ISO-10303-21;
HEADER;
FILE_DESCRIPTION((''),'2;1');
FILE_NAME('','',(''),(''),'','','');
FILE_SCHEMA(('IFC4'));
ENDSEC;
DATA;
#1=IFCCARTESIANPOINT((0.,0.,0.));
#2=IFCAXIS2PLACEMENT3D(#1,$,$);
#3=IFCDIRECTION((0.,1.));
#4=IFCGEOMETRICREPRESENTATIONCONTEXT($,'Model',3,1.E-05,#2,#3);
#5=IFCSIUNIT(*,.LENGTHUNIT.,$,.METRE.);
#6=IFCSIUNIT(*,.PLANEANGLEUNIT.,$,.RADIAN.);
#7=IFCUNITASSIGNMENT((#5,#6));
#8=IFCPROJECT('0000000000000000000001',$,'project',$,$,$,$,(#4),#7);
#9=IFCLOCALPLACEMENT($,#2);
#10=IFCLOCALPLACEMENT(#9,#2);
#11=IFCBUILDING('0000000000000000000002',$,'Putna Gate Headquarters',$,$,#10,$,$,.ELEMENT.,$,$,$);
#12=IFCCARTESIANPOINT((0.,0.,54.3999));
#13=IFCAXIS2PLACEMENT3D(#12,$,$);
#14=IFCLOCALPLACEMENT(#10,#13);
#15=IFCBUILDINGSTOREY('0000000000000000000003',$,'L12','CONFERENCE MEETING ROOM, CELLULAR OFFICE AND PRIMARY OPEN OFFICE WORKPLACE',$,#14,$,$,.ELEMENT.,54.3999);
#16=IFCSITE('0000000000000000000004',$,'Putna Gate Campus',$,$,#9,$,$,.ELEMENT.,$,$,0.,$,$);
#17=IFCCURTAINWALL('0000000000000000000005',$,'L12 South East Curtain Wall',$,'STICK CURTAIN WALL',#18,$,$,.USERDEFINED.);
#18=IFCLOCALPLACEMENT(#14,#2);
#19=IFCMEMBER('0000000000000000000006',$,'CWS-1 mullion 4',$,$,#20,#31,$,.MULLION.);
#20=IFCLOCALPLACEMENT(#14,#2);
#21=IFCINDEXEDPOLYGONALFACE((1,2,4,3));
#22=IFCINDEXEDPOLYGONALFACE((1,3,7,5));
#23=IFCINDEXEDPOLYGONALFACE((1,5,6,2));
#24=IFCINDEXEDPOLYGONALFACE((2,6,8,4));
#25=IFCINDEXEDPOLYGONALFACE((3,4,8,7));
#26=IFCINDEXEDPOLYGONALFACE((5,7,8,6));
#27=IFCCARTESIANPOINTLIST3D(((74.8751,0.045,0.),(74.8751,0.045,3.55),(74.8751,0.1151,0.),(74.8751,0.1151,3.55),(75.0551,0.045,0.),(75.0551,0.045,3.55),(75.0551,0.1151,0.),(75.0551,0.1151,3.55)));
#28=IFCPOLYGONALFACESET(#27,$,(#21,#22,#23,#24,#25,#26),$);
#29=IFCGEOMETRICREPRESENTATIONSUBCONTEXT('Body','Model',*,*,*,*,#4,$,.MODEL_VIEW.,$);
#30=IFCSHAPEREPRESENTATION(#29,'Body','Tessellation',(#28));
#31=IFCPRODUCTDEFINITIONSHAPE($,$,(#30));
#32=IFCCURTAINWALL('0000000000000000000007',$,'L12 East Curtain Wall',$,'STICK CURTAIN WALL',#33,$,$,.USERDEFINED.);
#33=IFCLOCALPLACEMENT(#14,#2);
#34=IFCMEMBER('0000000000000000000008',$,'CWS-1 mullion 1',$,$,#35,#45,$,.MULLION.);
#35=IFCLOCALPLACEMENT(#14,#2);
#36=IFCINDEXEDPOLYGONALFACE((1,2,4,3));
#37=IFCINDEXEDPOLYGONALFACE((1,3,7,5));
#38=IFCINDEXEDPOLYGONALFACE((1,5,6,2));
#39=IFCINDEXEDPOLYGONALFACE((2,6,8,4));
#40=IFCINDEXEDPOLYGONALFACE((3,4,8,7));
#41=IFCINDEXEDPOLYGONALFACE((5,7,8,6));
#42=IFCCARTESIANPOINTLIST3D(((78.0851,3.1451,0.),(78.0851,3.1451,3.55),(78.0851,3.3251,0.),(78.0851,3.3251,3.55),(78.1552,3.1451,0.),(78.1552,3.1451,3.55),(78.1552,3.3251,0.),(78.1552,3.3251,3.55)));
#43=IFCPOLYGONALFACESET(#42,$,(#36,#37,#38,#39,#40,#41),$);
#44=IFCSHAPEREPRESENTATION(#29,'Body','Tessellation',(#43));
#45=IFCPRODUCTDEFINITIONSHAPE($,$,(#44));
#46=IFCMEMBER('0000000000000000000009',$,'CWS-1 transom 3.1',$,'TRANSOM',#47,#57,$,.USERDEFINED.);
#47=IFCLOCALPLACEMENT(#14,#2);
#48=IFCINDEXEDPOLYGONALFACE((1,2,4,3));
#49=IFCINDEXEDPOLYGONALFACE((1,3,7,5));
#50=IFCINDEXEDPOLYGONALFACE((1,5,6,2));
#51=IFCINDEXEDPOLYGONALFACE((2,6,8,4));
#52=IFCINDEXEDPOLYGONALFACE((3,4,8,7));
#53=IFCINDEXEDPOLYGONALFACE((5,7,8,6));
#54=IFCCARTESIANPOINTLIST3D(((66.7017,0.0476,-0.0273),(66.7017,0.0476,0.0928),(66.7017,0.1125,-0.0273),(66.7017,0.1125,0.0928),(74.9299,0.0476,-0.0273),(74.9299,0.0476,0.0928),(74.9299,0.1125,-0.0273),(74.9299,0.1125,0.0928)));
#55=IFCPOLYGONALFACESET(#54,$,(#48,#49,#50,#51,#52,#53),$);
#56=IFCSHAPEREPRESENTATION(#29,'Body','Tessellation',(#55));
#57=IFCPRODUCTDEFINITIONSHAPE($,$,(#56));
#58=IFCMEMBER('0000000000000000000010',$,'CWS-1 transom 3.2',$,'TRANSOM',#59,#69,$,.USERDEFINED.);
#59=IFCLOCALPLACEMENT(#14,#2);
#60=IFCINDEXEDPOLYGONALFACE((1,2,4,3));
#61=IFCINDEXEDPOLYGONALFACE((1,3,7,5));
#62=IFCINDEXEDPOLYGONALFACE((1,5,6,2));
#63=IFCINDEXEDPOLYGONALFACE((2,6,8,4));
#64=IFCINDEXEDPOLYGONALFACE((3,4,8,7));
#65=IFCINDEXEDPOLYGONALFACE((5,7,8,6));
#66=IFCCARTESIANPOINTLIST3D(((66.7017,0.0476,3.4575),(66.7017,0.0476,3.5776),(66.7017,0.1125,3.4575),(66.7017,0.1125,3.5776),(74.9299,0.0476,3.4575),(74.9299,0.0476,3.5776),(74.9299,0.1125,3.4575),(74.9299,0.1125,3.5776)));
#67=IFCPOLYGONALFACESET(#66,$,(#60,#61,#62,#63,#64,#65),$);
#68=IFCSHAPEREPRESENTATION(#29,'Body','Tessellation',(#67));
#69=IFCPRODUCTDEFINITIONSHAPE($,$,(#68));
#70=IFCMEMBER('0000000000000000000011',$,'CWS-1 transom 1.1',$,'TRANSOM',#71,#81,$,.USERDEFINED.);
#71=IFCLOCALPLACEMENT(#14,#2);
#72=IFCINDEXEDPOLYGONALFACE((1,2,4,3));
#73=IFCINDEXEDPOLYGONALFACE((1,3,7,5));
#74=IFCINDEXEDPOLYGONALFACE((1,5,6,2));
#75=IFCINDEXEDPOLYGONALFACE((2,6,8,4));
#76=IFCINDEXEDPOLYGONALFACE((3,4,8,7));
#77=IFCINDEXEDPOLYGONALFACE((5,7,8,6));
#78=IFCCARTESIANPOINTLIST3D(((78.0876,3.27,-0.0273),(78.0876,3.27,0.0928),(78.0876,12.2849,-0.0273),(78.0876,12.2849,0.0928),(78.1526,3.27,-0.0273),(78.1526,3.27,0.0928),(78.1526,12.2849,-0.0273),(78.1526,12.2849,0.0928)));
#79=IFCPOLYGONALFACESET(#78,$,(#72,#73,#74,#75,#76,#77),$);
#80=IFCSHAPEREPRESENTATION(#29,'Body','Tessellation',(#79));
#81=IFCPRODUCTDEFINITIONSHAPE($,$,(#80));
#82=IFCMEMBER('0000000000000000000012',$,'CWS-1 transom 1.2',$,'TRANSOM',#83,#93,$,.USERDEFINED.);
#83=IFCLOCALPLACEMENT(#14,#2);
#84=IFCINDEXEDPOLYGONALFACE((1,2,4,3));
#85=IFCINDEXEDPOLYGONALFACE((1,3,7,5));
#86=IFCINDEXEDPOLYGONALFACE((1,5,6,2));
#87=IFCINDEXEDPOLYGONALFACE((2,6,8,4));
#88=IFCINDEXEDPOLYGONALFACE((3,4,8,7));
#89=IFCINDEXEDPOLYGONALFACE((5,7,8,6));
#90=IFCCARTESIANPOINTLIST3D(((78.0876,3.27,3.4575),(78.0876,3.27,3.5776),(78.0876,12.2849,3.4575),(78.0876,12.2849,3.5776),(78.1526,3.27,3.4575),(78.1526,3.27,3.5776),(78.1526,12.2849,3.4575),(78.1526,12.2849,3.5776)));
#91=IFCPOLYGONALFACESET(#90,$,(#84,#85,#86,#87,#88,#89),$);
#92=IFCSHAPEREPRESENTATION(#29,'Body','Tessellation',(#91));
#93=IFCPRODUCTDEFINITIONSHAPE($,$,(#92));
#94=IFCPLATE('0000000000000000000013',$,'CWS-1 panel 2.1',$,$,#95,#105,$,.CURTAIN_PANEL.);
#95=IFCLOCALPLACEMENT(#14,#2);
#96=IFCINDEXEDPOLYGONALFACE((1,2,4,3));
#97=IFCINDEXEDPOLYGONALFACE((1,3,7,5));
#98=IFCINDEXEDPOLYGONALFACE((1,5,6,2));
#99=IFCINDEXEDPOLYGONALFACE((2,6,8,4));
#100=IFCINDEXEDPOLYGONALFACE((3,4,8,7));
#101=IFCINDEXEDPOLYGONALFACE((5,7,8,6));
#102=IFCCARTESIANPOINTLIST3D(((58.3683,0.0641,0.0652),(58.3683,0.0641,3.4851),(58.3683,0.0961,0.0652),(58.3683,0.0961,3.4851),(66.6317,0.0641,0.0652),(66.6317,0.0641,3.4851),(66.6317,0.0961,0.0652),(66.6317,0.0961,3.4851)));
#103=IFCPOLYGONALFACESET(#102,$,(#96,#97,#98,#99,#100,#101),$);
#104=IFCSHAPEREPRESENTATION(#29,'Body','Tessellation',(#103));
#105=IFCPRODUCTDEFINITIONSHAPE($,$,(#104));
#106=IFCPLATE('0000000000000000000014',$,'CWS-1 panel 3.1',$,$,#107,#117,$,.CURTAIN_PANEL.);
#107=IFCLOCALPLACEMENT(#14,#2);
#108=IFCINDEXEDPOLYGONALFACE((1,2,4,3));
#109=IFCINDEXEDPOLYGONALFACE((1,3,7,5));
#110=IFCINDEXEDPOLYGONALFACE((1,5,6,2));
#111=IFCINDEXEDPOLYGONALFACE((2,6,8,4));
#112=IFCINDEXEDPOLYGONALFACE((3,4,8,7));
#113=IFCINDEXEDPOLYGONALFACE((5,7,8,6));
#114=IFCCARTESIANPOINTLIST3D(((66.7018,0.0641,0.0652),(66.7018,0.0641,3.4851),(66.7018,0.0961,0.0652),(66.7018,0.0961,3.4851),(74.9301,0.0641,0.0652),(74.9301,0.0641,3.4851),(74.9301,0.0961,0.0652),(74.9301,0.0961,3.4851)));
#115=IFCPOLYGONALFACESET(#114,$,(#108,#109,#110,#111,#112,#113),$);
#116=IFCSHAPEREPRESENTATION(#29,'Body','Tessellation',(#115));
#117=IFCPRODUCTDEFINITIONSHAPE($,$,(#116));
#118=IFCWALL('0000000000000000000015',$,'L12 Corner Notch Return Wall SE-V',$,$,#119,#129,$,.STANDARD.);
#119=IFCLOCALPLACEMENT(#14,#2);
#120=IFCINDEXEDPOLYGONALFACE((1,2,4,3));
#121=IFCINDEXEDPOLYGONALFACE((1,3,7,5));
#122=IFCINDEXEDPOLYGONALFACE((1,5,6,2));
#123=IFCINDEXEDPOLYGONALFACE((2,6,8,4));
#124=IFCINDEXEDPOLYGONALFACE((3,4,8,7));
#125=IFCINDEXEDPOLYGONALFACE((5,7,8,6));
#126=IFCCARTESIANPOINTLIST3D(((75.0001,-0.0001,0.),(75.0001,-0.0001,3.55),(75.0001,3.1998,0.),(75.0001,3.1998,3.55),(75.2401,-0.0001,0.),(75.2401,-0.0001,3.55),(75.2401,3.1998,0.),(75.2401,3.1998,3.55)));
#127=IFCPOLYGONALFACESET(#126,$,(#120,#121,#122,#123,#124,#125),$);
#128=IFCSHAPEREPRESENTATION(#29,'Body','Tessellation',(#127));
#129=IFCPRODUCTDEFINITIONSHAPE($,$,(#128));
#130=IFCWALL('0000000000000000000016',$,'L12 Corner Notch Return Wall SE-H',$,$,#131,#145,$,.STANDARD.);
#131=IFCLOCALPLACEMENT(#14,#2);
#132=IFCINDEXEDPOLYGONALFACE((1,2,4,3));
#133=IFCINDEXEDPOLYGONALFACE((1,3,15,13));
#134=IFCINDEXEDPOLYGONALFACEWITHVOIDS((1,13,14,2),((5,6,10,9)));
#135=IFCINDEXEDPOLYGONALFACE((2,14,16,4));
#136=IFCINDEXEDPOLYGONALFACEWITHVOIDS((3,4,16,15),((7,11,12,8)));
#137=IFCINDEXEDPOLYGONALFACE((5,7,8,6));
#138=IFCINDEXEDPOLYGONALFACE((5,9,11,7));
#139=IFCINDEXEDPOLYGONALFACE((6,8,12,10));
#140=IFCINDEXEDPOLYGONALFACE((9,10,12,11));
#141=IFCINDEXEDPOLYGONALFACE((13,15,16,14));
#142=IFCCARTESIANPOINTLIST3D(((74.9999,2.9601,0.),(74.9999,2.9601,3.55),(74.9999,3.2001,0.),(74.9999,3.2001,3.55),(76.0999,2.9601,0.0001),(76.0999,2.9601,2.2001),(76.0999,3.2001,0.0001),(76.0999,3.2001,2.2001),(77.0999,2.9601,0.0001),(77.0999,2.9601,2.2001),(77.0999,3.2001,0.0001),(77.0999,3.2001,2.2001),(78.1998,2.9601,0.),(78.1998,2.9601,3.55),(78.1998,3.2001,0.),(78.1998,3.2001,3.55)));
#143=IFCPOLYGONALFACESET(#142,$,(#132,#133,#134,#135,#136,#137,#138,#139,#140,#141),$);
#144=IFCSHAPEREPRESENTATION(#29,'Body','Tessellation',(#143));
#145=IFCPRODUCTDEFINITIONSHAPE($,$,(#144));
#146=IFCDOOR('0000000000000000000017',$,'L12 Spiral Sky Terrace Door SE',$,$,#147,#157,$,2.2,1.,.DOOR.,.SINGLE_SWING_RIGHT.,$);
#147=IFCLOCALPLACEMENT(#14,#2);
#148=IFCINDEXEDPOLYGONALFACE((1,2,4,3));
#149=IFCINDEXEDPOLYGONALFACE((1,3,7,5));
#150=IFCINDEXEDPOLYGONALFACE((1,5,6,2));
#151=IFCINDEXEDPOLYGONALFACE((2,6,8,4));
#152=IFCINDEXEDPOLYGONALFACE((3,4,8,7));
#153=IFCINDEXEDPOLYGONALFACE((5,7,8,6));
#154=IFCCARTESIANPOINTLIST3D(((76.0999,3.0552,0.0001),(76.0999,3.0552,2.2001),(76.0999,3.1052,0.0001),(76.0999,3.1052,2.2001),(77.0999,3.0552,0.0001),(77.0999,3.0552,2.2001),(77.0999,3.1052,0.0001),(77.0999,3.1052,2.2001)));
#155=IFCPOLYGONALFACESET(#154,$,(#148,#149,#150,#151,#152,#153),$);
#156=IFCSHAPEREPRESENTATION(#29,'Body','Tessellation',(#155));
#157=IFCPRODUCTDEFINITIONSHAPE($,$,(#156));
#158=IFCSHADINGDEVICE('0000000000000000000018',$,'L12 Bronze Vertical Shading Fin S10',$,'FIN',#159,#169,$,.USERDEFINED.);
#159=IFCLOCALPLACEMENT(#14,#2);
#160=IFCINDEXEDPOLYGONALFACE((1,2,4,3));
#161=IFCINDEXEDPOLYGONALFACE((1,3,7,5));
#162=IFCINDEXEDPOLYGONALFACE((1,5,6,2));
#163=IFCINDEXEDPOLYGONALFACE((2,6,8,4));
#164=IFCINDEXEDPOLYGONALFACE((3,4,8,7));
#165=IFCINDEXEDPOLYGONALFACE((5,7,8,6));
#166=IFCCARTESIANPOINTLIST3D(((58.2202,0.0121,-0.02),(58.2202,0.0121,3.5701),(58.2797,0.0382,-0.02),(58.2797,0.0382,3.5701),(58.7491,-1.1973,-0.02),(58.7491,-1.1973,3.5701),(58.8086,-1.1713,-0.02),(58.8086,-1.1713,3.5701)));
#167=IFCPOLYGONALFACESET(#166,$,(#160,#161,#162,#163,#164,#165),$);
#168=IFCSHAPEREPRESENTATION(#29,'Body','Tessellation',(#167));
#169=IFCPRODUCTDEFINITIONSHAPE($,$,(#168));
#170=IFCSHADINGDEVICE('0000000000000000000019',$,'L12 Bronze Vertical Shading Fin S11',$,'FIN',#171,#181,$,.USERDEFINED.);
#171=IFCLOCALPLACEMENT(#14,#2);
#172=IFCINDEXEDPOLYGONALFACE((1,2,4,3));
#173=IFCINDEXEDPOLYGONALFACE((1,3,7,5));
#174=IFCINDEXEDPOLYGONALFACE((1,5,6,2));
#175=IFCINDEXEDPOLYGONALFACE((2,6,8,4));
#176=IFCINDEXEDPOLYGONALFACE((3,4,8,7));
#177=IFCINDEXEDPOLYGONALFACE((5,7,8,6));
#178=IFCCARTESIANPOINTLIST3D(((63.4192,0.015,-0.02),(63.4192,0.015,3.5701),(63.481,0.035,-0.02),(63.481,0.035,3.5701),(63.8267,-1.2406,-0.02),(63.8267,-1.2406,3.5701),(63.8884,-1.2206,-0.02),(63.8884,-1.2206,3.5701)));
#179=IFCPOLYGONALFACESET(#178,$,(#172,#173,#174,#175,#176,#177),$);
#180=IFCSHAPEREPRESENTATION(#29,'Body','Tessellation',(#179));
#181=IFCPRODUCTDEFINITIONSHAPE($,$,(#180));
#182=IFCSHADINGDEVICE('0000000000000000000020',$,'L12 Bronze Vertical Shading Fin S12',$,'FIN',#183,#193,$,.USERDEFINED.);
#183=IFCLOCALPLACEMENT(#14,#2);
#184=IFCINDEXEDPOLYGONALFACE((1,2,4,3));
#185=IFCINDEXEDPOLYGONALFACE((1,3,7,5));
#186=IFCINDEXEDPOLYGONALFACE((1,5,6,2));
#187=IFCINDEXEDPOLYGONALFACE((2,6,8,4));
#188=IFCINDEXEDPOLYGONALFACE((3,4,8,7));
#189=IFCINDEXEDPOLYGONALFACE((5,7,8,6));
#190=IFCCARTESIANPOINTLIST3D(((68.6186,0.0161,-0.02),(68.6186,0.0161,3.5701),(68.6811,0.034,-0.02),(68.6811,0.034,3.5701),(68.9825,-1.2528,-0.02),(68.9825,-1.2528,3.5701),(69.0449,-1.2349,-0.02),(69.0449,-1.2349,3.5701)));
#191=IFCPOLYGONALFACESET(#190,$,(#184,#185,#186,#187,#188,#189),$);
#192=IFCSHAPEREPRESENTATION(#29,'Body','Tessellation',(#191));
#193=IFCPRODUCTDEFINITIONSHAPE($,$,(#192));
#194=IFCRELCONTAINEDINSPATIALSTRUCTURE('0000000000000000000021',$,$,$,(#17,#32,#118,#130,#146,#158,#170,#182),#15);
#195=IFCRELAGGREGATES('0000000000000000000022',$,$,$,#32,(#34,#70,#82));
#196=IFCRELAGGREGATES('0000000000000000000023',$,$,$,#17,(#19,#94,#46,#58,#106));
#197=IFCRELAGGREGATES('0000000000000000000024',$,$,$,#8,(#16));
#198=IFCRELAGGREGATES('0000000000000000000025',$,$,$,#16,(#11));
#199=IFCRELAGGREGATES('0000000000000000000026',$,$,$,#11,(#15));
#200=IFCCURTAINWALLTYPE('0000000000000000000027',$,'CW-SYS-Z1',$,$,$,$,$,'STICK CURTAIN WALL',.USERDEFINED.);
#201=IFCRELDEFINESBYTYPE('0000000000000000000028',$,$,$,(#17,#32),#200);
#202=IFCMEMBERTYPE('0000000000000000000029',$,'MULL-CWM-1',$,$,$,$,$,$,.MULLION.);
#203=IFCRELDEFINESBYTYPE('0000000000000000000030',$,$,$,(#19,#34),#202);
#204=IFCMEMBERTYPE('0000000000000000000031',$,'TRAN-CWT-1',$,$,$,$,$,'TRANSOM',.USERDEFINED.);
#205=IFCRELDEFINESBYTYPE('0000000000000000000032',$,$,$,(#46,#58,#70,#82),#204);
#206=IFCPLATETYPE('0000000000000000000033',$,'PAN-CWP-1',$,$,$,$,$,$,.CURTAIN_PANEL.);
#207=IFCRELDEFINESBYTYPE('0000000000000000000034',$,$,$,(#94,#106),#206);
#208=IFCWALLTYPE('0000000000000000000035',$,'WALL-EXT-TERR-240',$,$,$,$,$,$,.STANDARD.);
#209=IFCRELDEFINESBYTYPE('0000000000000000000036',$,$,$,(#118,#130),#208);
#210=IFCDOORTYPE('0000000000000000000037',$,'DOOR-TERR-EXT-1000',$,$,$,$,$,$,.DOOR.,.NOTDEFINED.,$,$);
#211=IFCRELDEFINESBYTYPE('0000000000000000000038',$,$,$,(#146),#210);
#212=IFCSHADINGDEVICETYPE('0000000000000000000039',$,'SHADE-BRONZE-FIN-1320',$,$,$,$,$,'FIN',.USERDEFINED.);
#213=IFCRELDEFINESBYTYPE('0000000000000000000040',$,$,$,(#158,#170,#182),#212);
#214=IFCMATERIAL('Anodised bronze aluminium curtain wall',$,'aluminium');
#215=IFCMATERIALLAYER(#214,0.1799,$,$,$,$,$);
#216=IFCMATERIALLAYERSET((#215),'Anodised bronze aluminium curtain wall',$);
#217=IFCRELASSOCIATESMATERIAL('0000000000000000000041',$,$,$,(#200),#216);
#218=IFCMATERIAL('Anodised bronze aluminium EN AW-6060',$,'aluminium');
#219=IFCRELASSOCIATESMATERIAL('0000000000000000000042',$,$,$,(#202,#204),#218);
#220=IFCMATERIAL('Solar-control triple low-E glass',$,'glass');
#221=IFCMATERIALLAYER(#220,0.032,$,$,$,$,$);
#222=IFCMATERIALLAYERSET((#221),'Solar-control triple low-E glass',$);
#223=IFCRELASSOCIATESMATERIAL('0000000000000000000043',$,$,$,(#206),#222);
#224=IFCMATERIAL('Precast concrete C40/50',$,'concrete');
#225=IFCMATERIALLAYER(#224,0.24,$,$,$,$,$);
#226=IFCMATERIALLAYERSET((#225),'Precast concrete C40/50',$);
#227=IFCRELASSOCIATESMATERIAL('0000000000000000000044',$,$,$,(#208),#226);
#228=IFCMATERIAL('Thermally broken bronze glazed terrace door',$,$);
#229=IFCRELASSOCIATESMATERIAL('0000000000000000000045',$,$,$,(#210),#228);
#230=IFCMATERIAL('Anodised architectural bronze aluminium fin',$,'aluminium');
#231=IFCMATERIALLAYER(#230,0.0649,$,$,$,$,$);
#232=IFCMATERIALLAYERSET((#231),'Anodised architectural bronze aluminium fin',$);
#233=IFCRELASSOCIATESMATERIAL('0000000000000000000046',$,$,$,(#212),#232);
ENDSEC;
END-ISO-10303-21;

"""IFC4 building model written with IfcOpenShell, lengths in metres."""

from ifc_helpers import new_model, si_unit, direction, frame, frame_2d, origin, origin_2d, place, context, subcontext, project, spatial, rectangle, extrude, material, layer, layer_set, material_profile, profile_set, type_object, element, fill, aggregate, save


model = new_model("IFC4")

# Units and contexts
model_context = context("Model", 3, precision=1e-05, world=origin(), true_north=direction((0.0, 1.0)))
body_context = subcontext(model_context, "Body", "Model", "MODEL_VIEW")
ifc_project = project(units=[si_unit("LENGTHUNIT", "METRE"), si_unit("PLANEANGLEUNIT", "RADIAN")], contexts=[model_context])

# Site, building, storey
site_placement = place(None, origin())
site = spatial("IfcSite", under=ifc_project, at=site_placement, Name="Putna Gate Campus", CompositionType="ELEMENT", RefElevation=0.0)
building_placement = place(site_placement, origin())
building = spatial("IfcBuilding", under=site, at=building_placement, Name="Putna Gate Headquarters", CompositionType="ELEMENT")
storey_placement = place(building_placement, frame((0.0, 0.0, 54.3999)))
storey = spatial("IfcBuildingStorey", under=building, at=storey_placement, Name="L12", Description="CONFERENCE MEETING ROOM, CELLULAR OFFICE AND PRIMARY OPEN OFFICE WORKPLACE", CompositionType="ELEMENT", Elevation=54.3999)

# Curtain wall, member
ifc_material_1 = material(Name="Anodised bronze aluminium curtain wall", Category="aluminium")
ifc_layer_1 = layer(ifc_material_1, 0.1799)
ifc_layer_set_1 = layer_set([ifc_layer_1], Name="Anodised bronze aluminium curtain wall")
curtain_wall_type = type_object("IfcCurtainWallType", Name="CW-SYS-Z1", ElementType="STICK CURTAIN WALL", PredefinedType="USERDEFINED", material=ifc_layer_set_1)
curtain_wall_1_placement = place(storey_placement, origin())
curtain_wall_1 = element("IfcCurtainWall", 1, at=curtain_wall_1_placement, inside=storey, type_object=curtain_wall_type, Name="L12 South East Curtain Wall", ObjectType="STICK CURTAIN WALL", PredefinedType="USERDEFINED")
ifc_material_2 = material(Name="Anodised bronze aluminium EN AW-6060", Category="aluminium")
ifc_material_profile_1 = material_profile(ifc_material_2, rectangle(XDim=0.0701, YDim=0.1799, at=origin_2d()), Name="Anodised bronze aluminium EN AW-6060")
ifc_profile_set_1 = profile_set([ifc_material_profile_1], Name="Anodised bronze aluminium EN AW-6060")
member_type_1 = type_object("IfcMemberType", Name="MULL-CWM-1", PredefinedType="MULLION", material=ifc_profile_set_1)
member_1_placement = place(storey_placement, frame((74.9651, 0.0801, 0.0), z_axis=(0.0, 0.0, 1.0), x_axis=(0.0, 1.0, 0.0)))
member_1 = element("IfcMember", 2, at=member_1_placement, type_object=member_type_1, Name="CWS-1 mullion 4", PredefinedType="MULLION", context=body_context, shape_type="SweptSolid", body=[
    extrude(rectangle(XDim=0.0701, YDim=0.1799, at=origin_2d()), origin(), (0.0, 0.0, 1.0), 3.55),
])

# Curtain wall, member
curtain_wall_2_placement = place(storey_placement, origin())
curtain_wall_2 = element("IfcCurtainWall", 3, at=curtain_wall_2_placement, inside=storey, type_object=curtain_wall_type, Name="L12 East Curtain Wall", ObjectType="STICK CURTAIN WALL", PredefinedType="USERDEFINED")
member_2_placement = place(storey_placement, frame((78.1201, 3.2351, 0.0), z_axis=(0.0, 0.0, 1.0), x_axis=(-1.0, 0.0, 0.0)))
member_2 = element("IfcMember", 4, at=member_2_placement, type_object=member_type_1, Name="CWS-1 mullion 1", PredefinedType="MULLION", context=body_context, shape_type="SweptSolid", body=[
    extrude(rectangle(XDim=0.0701, YDim=0.1799, at=origin_2d()), origin(), (0.0, 0.0, 1.0), 3.55),
])

# Members
ifc_material_profile_2 = material_profile(ifc_material_2, rectangle(XDim=0.0649, YDim=0.1201, at=origin_2d()), Name="Anodised bronze aluminium EN AW-6060")
ifc_profile_set_2 = profile_set([ifc_material_profile_2], Name="Anodised bronze aluminium EN AW-6060")
member_type_2 = type_object("IfcMemberType", Name="TRAN-CWT-1", ElementType="TRANSOM", PredefinedType="USERDEFINED", material=ifc_profile_set_2)
member_3_placement = place(storey_placement, frame((66.7017, 0.0801, 0.0327), z_axis=(1.0, 0.0, 0.0), x_axis=(0.0, 1.0, 0.0)))
member_3 = element("IfcMember", 5, at=member_3_placement, type_object=member_type_2, Name="CWS-1 transom 3.1", ObjectType="TRANSOM", PredefinedType="USERDEFINED", context=body_context, shape_type="SweptSolid", body=[
    extrude(rectangle(XDim=0.0649, YDim=0.1201, at=origin_2d()), origin(), (0.0, 0.0, 1.0), 8.2283),
])
member_4_placement = place(storey_placement, frame((66.7017, 0.0801, 3.5176), z_axis=(1.0, 0.0, 0.0), x_axis=(0.0, 1.0, 0.0)))
member_4 = element("IfcMember", 6, at=member_4_placement, type_object=member_type_2, Name="CWS-1 transom 3.2", ObjectType="TRANSOM", PredefinedType="USERDEFINED", context=body_context, shape_type="SweptSolid", body=[
    extrude(rectangle(XDim=0.0649, YDim=0.1201, at=origin_2d()), origin(), (0.0, 0.0, 1.0), 8.2283),
])
member_5_placement = place(storey_placement, frame((78.1201, 3.27, 0.0327), z_axis=(0.0, 1.0, 0.0), x_axis=(-1.0, 0.0, 0.0)))
member_5 = element("IfcMember", 7, at=member_5_placement, type_object=member_type_2, Name="CWS-1 transom 1.1", ObjectType="TRANSOM", PredefinedType="USERDEFINED", context=body_context, shape_type="SweptSolid", body=[
    extrude(rectangle(XDim=0.0649, YDim=0.1201, at=origin_2d()), origin(), (0.0, 0.0, 1.0), 9.0149),
])
member_6_placement = place(storey_placement, frame((78.1201, 3.27, 3.5176), z_axis=(0.0, 1.0, 0.0), x_axis=(-1.0, 0.0, 0.0)))
member_6 = element("IfcMember", 8, at=member_6_placement, type_object=member_type_2, Name="CWS-1 transom 1.2", ObjectType="TRANSOM", PredefinedType="USERDEFINED", context=body_context, shape_type="SweptSolid", body=[
    extrude(rectangle(XDim=0.0649, YDim=0.1201, at=origin_2d()), origin(), (0.0, 0.0, 1.0), 9.0149),
])
aggregate(curtain_wall_2, [member_2, member_5, member_6])

# Plates
ifc_material_3 = material(Name="Solar-control triple low-E glass", Category="glass")
ifc_layer_2 = layer(ifc_material_3, 0.032)
ifc_layer_set_2 = layer_set([ifc_layer_2], Name="Solar-control triple low-E glass")
plate_type = type_object("IfcPlateType", Name="PAN-CWP-1", PredefinedType="CURTAIN_PANEL", material=ifc_layer_set_2)
plate_1_placement = place(storey_placement, frame((62.5, 0.0801, 0.0652), z_axis=(0.0, 0.0, 1.0), x_axis=(1.0, 0.0, 0.0)))
plate_1 = element("IfcPlate", 9, at=plate_1_placement, type_object=plate_type, Name="CWS-1 panel 2.1", PredefinedType="CURTAIN_PANEL", context=body_context, shape_type="SweptSolid", body=[
    extrude(rectangle(XDim=8.2634, YDim=0.032, at=origin_2d()), origin(), (0.0, 0.0, 1.0), 3.4199),
])
plate_2_placement = place(storey_placement, frame((70.8159, 0.0801, 0.0652), z_axis=(0.0, 0.0, 1.0), x_axis=(1.0, 0.0, 0.0)))
plate_2 = element("IfcPlate", 10, at=plate_2_placement, type_object=plate_type, Name="CWS-1 panel 3.1", PredefinedType="CURTAIN_PANEL", context=body_context, shape_type="SweptSolid", body=[
    extrude(rectangle(XDim=8.2283, YDim=0.032, at=origin_2d()), origin(), (0.0, 0.0, 1.0), 3.4199),
])
aggregate(curtain_wall_1, [member_1, plate_1, member_3, member_4, plate_2])

# Wall
ifc_material_4 = material(Name="Precast concrete C40/50", Category="concrete")
ifc_layer_3 = layer(ifc_material_4, 0.24)
ifc_layer_set_3 = layer_set([ifc_layer_3], Name="Precast concrete C40/50")
wall_type = type_object("IfcWallType", Name="WALL-EXT-TERR-240", PredefinedType="STANDARD", material=ifc_layer_set_3)
wall_1_placement = place(storey_placement, frame((75.1201, 3.2, 0.0), z_axis=(0.0, 0.0, 1.0), x_axis=(0.0, -1.0, 0.0)))
element("IfcWall", 11, at=wall_1_placement, inside=storey, type_object=wall_type, Name="L12 Corner Notch Return Wall SE-V", PredefinedType="STANDARD", context=body_context, shape_type="SweptSolid", body=[
    extrude(rectangle(XDim=3.2, YDim=0.24, at=frame_2d((1.6001, 0.0))), origin(), (0.0, 0.0, 1.0), 3.55),
])

# Wall, opening, door
wall_2_placement = place(storey_placement, frame((78.2, 3.0801, 0.0), z_axis=(0.0, 0.0, 1.0), x_axis=(-1.0, 0.0, 0.0)))
wall_2 = element("IfcWall", 12, at=wall_2_placement, inside=storey, type_object=wall_type, Name="L12 Corner Notch Return Wall SE-H", PredefinedType="STANDARD", context=body_context, shape_type="SweptSolid", body=[
    extrude(rectangle(XDim=3.2, YDim=0.24, at=frame_2d((1.6001, 0.0))), origin(), (0.0, 0.0, 1.0), 3.55),
])
opening_placement = place(wall_2_placement, frame((1.1001, 0.0, 0.0)))
opening = element("IfcOpeningElement", 13, at=opening_placement, cuts=wall_2, PredefinedType="OPENING", context=body_context, shape_type="SweptSolid", body=[
    extrude(rectangle(XDim=1.0, YDim=2.2, at=frame_2d((0.5, 1.1001))), frame((0.0, 0.1299, 0.0), z_axis=(0.0, -1.0, 0.0), x_axis=(1.0, 0.0, 0.0)), (0.0, 0.0, 1.0), 0.26),
])
ifc_material_5 = material(Name="Thermally broken bronze glazed terrace door")
door_type = type_object("IfcDoorType", Name="DOOR-TERR-EXT-1000", OperationType="NOTDEFINED", PredefinedType="DOOR", material=ifc_material_5)
door_placement = place(opening_placement, origin())
door = element("IfcDoor", 14, at=door_placement, inside=storey, type_object=door_type, Name="L12 Spiral Sky Terrace Door SE", OperationType="SINGLE_SWING_RIGHT", OverallHeight=2.2, OverallWidth=1.0, PredefinedType="DOOR", context=body_context, shape_type="SweptSolid", body=[
    extrude(rectangle(XDim=1.0, YDim=2.2, at=frame_2d((0.5, 1.1001))), frame((0.0, 0.0249, 0.0), z_axis=(0.0, -1.0, 0.0), x_axis=(1.0, 0.0, 0.0)), (0.0, 0.0, 1.0), 0.05),
])
fill(opening, door)

# Shading devices
ifc_material_6 = material(Name="Anodised architectural bronze aluminium fin", Category="aluminium")
ifc_layer_4 = layer(ifc_material_6, 0.0649)
ifc_layer_set_4 = layer_set([ifc_layer_4], Name="Anodised architectural bronze aluminium fin")
shading_device_type = type_object("IfcShadingDeviceType", Name="SHADE-BRONZE-FIN-1320", ElementType="FIN", PredefinedType="USERDEFINED", material=ifc_layer_set_4)
for number, where, z_axis, x_axis, name in (
    (15, (58.5144, -0.5796, -0.02), (0.0, 0.0, 1.0), (0.400669, -0.916223, 0.0), "L12 Bronze Vertical Shading Fin S10"),
    (16, (63.6538, -0.6028, -0.02), (0.0, 0.0, 1.0), (0.308685, -0.951164, 0.0), "L12 Bronze Vertical Shading Fin S11"),
    (17, (68.8318, -0.6094, -0.02), (0.0, 0.0, 1.0), (0.275637, -0.961262, 0.0), "L12 Bronze Vertical Shading Fin S12"),
):
    element("IfcShadingDevice", number, at=place(storey_placement, frame(where, z_axis=z_axis, x_axis=x_axis)), inside=storey, type_object=shading_device_type, Name=name, ObjectType="FIN", PredefinedType="USERDEFINED", context=body_context, shape_type="SweptSolid", body=[
        extrude(rectangle(XDim=1.3201, YDim=0.0649, at=origin_2d()), origin(), (0.0, 0.0, 1.0), 3.5901),
    ])

save(model, "model.ifc")
